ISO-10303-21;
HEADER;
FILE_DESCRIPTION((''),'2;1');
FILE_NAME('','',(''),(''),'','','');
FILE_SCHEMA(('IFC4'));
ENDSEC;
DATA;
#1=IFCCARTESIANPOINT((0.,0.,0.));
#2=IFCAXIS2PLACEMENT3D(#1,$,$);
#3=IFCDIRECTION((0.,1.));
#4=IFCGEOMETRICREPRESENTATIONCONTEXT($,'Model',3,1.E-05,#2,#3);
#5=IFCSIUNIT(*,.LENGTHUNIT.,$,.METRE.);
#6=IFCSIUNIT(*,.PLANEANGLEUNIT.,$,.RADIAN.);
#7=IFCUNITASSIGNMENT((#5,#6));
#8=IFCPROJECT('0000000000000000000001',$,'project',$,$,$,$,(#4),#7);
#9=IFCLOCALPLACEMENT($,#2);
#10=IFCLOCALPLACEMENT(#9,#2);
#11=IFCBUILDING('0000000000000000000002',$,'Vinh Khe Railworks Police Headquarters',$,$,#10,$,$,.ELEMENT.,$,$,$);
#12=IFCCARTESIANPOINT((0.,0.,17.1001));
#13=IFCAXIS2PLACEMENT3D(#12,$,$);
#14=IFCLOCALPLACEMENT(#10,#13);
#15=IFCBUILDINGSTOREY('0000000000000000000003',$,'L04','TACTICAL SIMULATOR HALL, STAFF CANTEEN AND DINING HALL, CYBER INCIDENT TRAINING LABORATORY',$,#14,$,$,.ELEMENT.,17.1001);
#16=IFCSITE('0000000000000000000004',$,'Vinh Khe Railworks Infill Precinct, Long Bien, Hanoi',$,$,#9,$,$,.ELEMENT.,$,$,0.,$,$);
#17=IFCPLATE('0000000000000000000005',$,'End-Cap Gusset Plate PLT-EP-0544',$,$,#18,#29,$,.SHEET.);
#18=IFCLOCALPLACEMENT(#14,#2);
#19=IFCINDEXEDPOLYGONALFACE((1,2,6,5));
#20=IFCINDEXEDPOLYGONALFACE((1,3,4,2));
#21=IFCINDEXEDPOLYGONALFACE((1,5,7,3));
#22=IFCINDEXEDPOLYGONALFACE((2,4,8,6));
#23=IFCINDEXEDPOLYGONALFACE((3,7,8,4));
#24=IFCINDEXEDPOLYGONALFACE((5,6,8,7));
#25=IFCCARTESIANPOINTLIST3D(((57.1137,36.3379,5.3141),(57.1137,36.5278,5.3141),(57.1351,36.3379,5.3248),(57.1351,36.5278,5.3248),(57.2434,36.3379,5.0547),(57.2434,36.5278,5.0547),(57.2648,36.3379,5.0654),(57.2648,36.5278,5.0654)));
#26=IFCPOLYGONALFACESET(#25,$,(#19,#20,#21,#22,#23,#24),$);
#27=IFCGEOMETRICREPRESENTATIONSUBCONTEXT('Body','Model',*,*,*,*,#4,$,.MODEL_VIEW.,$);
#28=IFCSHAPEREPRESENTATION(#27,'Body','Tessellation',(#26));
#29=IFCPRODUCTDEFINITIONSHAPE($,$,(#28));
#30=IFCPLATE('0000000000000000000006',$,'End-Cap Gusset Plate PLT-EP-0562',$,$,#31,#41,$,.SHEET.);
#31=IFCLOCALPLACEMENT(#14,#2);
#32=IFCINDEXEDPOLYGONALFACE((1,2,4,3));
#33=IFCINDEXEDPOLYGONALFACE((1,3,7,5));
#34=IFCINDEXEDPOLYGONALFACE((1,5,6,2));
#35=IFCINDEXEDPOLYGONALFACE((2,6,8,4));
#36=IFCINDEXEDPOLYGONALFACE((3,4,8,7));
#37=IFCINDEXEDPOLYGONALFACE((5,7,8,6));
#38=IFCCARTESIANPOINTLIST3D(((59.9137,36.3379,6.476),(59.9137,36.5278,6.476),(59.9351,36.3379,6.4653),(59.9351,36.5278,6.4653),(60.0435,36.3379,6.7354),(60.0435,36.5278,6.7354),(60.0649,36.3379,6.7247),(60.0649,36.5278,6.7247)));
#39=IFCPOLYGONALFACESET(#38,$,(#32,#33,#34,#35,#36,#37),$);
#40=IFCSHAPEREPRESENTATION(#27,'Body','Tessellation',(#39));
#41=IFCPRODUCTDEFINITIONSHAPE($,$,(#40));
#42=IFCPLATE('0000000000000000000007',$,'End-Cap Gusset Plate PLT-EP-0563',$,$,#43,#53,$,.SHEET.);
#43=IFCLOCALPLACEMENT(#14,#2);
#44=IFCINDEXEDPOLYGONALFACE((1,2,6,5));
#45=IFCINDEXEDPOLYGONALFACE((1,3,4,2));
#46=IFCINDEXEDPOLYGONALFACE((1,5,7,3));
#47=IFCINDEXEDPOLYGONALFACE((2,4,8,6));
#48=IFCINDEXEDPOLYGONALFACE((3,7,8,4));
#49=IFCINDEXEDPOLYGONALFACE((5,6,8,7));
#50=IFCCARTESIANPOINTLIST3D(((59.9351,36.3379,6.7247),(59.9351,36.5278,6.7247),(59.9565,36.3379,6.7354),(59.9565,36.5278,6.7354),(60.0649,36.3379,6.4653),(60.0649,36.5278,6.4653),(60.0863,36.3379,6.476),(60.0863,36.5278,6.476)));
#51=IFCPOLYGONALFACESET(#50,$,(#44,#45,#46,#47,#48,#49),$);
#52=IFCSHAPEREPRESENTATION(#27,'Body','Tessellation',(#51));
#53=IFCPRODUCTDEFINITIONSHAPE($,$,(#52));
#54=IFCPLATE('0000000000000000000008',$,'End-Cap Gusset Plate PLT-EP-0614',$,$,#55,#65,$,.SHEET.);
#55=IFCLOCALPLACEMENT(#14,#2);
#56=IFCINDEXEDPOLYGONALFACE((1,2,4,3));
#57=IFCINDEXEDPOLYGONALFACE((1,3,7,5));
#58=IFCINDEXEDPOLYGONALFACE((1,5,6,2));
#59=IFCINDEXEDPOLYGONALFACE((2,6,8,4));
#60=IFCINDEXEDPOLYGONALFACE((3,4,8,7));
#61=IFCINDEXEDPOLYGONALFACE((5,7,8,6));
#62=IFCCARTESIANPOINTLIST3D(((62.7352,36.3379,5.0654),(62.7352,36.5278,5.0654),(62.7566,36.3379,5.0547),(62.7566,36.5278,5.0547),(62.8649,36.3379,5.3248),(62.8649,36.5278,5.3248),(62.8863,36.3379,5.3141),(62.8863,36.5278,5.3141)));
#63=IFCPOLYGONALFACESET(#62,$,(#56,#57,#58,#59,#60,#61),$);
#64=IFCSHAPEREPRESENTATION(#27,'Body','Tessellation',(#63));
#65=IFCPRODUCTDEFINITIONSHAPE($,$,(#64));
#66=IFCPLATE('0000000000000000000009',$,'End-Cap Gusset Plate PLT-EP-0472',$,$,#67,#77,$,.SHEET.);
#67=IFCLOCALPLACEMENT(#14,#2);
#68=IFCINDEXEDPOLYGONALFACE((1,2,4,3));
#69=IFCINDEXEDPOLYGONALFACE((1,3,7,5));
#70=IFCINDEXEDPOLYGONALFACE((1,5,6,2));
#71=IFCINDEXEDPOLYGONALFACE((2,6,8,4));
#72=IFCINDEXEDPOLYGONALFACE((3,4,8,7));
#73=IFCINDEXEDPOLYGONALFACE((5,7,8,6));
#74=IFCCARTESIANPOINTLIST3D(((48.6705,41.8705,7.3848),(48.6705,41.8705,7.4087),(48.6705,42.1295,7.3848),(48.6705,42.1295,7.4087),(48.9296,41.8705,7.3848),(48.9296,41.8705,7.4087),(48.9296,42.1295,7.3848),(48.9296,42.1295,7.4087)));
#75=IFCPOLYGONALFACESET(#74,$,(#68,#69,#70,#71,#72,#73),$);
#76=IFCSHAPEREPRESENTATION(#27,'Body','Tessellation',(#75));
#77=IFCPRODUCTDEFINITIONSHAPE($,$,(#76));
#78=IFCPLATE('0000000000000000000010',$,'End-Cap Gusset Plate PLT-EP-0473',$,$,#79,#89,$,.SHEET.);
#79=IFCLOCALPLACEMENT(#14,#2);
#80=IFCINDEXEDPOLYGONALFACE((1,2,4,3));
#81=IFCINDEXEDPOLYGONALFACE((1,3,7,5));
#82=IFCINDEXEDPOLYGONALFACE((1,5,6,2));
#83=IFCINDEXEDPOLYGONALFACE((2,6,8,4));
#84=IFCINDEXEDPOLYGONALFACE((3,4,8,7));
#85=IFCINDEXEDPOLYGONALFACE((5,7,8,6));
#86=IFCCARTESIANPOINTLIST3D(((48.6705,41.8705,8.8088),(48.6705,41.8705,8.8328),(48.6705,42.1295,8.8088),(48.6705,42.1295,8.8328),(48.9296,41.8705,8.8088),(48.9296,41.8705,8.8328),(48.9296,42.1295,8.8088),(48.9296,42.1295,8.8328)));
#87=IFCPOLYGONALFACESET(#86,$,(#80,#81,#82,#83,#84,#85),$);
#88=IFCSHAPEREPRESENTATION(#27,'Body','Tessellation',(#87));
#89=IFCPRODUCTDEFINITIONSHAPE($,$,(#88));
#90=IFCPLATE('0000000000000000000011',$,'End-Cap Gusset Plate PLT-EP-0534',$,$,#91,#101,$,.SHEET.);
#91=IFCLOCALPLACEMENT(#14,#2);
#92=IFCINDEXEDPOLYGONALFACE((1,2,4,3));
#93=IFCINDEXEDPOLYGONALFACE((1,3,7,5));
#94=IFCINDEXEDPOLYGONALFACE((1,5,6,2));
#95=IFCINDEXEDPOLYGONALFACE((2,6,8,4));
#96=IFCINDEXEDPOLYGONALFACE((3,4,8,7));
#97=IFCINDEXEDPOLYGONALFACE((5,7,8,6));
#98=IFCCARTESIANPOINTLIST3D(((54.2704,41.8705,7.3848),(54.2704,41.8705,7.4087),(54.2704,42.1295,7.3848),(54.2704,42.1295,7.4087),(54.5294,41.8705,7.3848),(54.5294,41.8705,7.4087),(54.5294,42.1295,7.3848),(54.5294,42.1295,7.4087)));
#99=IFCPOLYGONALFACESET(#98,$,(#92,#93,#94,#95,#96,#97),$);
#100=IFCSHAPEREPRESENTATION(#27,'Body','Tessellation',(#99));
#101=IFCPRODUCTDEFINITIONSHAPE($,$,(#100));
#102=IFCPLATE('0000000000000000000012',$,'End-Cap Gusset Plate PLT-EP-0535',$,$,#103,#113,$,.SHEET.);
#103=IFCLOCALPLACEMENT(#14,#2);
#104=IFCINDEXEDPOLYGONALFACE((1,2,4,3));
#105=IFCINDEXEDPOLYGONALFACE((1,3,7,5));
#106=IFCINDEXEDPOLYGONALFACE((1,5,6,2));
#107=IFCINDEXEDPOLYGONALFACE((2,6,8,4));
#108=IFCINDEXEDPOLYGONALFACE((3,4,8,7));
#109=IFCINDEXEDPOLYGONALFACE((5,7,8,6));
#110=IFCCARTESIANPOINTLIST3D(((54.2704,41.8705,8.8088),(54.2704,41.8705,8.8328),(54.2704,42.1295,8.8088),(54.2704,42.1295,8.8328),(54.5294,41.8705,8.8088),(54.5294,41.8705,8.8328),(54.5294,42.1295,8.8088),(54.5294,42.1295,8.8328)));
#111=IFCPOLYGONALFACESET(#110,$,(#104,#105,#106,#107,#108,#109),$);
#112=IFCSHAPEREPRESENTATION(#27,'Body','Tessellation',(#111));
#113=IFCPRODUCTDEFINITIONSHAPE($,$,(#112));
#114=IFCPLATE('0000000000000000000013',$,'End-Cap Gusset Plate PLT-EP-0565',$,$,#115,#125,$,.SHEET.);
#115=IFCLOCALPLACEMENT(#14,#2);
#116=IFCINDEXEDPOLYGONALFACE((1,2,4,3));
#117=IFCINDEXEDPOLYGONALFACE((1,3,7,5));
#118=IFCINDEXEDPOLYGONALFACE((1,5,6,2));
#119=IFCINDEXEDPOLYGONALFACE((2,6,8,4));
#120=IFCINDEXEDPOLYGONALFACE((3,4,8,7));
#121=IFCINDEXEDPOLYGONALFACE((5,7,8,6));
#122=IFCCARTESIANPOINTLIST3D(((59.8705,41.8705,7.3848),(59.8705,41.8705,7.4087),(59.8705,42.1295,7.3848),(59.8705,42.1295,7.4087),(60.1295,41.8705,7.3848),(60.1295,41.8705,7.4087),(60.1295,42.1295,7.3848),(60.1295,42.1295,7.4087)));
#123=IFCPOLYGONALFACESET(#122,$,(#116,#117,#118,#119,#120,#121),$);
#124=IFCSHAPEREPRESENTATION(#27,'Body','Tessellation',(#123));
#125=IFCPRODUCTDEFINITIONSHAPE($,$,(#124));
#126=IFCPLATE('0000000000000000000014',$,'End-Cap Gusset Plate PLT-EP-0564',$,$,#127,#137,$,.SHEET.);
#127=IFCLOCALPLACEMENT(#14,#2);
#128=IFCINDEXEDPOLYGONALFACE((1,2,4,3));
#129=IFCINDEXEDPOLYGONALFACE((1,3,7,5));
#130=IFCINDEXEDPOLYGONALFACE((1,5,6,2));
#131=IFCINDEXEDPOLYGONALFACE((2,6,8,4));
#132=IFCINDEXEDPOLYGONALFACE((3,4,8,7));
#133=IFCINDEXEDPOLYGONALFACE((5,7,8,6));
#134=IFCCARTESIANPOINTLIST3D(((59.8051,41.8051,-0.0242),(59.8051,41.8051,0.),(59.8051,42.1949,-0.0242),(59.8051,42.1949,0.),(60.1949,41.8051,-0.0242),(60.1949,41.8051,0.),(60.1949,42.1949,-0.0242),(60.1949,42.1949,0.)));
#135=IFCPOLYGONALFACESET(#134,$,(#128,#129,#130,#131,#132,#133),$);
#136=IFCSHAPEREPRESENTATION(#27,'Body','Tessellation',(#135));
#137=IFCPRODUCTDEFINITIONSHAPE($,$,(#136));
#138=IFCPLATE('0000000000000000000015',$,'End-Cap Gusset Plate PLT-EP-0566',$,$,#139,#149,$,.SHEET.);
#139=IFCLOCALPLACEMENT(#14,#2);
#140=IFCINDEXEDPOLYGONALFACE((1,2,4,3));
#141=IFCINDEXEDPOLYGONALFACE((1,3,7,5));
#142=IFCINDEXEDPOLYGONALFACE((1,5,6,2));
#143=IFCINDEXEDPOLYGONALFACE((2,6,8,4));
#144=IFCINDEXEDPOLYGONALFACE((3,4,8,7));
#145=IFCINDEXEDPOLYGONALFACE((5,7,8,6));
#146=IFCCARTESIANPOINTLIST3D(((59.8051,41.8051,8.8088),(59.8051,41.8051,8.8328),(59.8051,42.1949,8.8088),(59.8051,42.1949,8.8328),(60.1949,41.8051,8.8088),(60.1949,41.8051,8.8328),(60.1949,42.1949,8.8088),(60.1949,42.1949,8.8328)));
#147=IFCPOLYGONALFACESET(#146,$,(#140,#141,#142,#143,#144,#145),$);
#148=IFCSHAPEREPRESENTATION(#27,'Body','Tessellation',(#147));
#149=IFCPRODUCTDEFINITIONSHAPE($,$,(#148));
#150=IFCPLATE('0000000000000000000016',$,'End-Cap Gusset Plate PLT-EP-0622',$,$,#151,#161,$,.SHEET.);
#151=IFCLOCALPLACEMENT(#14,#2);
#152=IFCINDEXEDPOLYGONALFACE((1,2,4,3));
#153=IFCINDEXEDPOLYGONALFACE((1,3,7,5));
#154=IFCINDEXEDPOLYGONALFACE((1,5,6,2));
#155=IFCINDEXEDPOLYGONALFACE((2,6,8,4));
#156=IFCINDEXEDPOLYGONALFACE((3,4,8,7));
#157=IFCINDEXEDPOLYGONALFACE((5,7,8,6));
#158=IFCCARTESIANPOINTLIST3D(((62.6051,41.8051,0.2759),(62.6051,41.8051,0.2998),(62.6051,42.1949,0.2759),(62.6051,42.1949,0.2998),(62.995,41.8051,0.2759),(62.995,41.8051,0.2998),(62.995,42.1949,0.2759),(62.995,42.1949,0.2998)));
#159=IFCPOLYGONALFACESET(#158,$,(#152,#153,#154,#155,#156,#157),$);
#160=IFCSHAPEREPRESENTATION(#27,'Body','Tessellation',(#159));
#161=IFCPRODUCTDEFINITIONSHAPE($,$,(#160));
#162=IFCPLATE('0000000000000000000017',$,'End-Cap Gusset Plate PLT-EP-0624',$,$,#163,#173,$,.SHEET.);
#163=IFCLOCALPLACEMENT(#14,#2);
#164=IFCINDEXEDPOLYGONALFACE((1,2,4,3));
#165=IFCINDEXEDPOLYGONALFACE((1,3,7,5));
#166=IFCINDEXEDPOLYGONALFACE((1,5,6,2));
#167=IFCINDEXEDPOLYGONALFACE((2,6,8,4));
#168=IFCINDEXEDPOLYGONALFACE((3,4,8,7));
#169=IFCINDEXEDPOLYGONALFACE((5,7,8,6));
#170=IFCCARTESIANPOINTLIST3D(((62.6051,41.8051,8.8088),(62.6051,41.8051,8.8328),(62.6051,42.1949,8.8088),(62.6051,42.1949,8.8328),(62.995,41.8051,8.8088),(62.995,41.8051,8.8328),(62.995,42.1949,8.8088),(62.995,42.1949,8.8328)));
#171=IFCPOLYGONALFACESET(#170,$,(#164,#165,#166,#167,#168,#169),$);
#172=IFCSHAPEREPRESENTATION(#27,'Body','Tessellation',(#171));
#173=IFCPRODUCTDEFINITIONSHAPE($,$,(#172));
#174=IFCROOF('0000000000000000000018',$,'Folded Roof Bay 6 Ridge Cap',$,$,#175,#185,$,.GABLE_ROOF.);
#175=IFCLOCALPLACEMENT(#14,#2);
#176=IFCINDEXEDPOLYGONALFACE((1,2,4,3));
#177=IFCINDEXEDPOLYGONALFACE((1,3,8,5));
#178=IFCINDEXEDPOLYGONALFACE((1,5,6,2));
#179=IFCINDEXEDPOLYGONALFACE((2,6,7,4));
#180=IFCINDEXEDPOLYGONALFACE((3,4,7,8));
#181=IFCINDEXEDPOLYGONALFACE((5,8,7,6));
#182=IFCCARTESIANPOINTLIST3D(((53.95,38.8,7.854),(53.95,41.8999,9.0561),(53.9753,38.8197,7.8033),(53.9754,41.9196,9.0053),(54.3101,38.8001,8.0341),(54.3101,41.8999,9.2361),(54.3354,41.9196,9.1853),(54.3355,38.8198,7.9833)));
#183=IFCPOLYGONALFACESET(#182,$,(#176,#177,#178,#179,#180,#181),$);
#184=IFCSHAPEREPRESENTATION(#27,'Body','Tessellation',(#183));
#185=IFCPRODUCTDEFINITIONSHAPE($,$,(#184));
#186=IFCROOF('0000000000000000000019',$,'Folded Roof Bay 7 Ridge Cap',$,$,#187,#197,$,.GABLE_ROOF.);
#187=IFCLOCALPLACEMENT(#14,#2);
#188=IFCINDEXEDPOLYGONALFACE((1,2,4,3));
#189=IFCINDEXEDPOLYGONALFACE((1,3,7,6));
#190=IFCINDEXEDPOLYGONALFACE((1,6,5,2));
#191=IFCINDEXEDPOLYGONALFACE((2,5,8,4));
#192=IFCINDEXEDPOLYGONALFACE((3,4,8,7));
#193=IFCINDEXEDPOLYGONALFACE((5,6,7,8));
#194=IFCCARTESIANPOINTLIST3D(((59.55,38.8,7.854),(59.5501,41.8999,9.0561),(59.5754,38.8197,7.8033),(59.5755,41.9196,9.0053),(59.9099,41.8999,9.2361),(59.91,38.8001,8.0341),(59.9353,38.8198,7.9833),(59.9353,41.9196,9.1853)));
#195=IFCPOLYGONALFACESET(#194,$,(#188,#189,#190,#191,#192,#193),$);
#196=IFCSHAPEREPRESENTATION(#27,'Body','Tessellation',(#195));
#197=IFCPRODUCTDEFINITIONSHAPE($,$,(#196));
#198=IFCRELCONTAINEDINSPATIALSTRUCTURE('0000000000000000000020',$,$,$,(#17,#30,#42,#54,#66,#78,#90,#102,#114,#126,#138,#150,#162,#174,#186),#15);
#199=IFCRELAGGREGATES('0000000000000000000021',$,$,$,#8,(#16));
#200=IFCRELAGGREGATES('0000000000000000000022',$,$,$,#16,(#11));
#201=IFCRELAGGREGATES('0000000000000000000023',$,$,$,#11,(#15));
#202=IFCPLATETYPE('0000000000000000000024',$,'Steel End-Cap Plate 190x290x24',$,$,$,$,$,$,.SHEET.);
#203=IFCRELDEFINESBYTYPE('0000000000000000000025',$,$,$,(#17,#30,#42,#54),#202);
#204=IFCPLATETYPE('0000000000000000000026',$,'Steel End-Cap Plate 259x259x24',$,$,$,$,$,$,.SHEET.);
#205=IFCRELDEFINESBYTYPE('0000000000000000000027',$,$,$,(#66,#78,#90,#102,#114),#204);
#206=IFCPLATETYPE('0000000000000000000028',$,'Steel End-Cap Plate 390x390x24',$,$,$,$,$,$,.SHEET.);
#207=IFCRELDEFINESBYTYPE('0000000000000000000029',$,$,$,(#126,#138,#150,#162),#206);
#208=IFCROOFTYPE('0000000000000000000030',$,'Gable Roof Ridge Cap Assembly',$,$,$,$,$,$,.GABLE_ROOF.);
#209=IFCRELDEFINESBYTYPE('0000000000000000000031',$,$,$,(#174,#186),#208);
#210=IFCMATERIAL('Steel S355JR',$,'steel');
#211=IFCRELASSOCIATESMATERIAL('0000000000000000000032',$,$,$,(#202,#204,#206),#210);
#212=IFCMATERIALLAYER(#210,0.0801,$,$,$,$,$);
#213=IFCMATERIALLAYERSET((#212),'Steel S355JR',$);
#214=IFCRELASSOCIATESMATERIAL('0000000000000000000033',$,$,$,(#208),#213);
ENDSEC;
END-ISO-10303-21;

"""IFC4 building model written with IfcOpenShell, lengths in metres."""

from ifc_helpers import new_model, si_unit, direction, frame, origin, origin_2d, place, context, subcontext, project, spatial, polyline, rectangle, outline, extrude, material, layer, layer_set, material_profile, profile_set, type_object, element, save


model = new_model("IFC4")

# Units and contexts
model_context = context("Model", 3, precision=1e-05, world=origin(), true_north=direction((0.0, 1.0)))
body_context = subcontext(model_context, "Body", "Model", "MODEL_VIEW")
ifc_project = project(units=[si_unit("LENGTHUNIT", "METRE"), si_unit("PLANEANGLEUNIT", "RADIAN")], contexts=[model_context])

# Site, building, storey
site_placement = place(None, origin())
site = spatial("IfcSite", under=ifc_project, at=site_placement, Name="Vinh Khe Railworks Infill Precinct, Long Bien, Hanoi", CompositionType="ELEMENT", RefElevation=0.0)
building_placement = place(site_placement, origin())
building = spatial("IfcBuilding", under=site, at=building_placement, Name="Vinh Khe Railworks Police Headquarters", CompositionType="ELEMENT")
storey_placement = place(building_placement, frame((0.0, 0.0, 17.1001)))
storey = spatial("IfcBuildingStorey", under=building, at=storey_placement, Name="L04", Description="TACTICAL SIMULATOR HALL, STAFF CANTEEN AND DINING HALL, CYBER INCIDENT TRAINING LABORATORY", CompositionType="ELEMENT", Elevation=17.1001)

# Shared definitions
ifc_material_1 = material(Name="Steel S355JR", Category="steel")

# Plates
ifc_material_profile_1 = material_profile(ifc_material_1, rectangle(XDim=0.1899, YDim=0.29, at=origin_2d()), Name="PL 190x290")
ifc_profile_set_1 = profile_set([ifc_material_profile_1], Name="Steel S355JR")
plate_type_1 = type_object("IfcPlateType", Name="Steel End-Cap Plate 190x290x24", PredefinedType="SHEET", material=ifc_profile_set_1)
for number, where, z_axis, x_axis, name in (
    (1, (57.2, 36.4329, 5.1951), (-0.894427, 0.0, -0.447214), (0.0, -1.0, 0.0), "End-Cap Gusset Plate PLT-EP-0544"),
    (2, (60.0, 36.4329, 6.595), (-0.894427, 0.0, 0.447214), (0.0, -1.0, 0.0), "End-Cap Gusset Plate PLT-EP-0562"),
    (3, (60.0, 36.4329, 6.595), (0.894427, 0.0, 0.447214), (0.0, 1.0, 0.0), "End-Cap Gusset Plate PLT-EP-0563"),
    (4, (62.8, 36.4329, 5.1951), (0.894427, 0.0, -0.447214), (0.0, 1.0, 0.0), "End-Cap Gusset Plate PLT-EP-0614"),
):
    element("IfcPlate", number, at=place(storey_placement, frame(where, z_axis=z_axis, x_axis=x_axis)), inside=storey, type_object=plate_type_1, Name=name, PredefinedType="SHEET", context=body_context, shape_type="SweptSolid", body=[
        extrude(rectangle(XDim=0.1899, YDim=0.29, at=origin_2d()), origin(), (0.0, 0.0, 1.0), 0.0239),
    ])
ifc_material_profile_2 = material_profile(ifc_material_1, rectangle(XDim=0.259, YDim=0.259, at=origin_2d()), Name="PL 259x259")
ifc_profile_set_2 = profile_set([ifc_material_profile_2], Name="Steel S355JR")
plate_type_2 = type_object("IfcPlateType", Name="Steel End-Cap Plate 259x259x24", PredefinedType="SHEET", material=ifc_profile_set_2)
for number, where, z_axis, x_axis, name in (
    (5, (48.8, 42.0, 7.4087), (0.0, 0.0, -1.0), (1.0, 0.0, 0.0), "End-Cap Gusset Plate PLT-EP-0472"),
    (6, (48.8, 42.0, 8.8088), (0.0, 0.0, 1.0), (1.0, 0.0, 0.0), "End-Cap Gusset Plate PLT-EP-0473"),
    (7, (54.3999, 42.0, 7.4087), (0.0, 0.0, -1.0), (1.0, 0.0, 0.0), "End-Cap Gusset Plate PLT-EP-0534"),
    (8, (54.3999, 42.0, 8.8088), (0.0, 0.0, 1.0), (1.0, 0.0, 0.0), "End-Cap Gusset Plate PLT-EP-0535"),
    (9, (60.0, 42.0, 7.4087), (0.0, 0.0, -1.0), (1.0, 0.0, 0.0), "End-Cap Gusset Plate PLT-EP-0565"),
):
    element("IfcPlate", number, at=place(storey_placement, frame(where, z_axis=z_axis, x_axis=x_axis)), inside=storey, type_object=plate_type_2, Name=name, PredefinedType="SHEET", context=body_context, shape_type="SweptSolid", body=[
        extrude(rectangle(XDim=0.259, YDim=0.259, at=origin_2d()), origin(), (0.0, 0.0, 1.0), 0.0239),
    ])
ifc_material_profile_3 = material_profile(ifc_material_1, rectangle(XDim=0.3899, YDim=0.3899, at=origin_2d()), Name="PL 390x390")
ifc_profile_set_3 = profile_set([ifc_material_profile_3], Name="Steel S355JR")
plate_type_3 = type_object("IfcPlateType", Name="Steel End-Cap Plate 390x390x24", PredefinedType="SHEET", material=ifc_profile_set_3)
plate_1_placement = place(storey_placement, frame((60.0, 42.0, 0.0), z_axis=(0.0, 0.0, -1.0), x_axis=(1.0, 0.0, 0.0)))
element("IfcPlate", 10, at=plate_1_placement, inside=storey, type_object=plate_type_3, Name="End-Cap Gusset Plate PLT-EP-0564", PredefinedType="SHEET", context=body_context, shape_type="SweptSolid", body=[
    extrude(rectangle(XDim=0.3899, YDim=0.3899, at=origin_2d()), origin(), (0.0, 0.0, 1.0), 0.0242),
])
for number, where, z_axis, x_axis, name in (
    (11, (60.0, 42.0, 8.8088), (0.0, 0.0, 1.0), (1.0, 0.0, 0.0), "End-Cap Gusset Plate PLT-EP-0566"),
    (12, (62.8, 42.0, 0.2998), (0.0, 0.0, -1.0), (1.0, 0.0, 0.0), "End-Cap Gusset Plate PLT-EP-0622"),
    (13, (62.8, 42.0, 8.8088), (0.0, 0.0, 1.0), (1.0, 0.0, 0.0), "End-Cap Gusset Plate PLT-EP-0624"),
):
    element("IfcPlate", number, at=place(storey_placement, frame(where, z_axis=z_axis, x_axis=x_axis)), inside=storey, type_object=plate_type_3, Name=name, PredefinedType="SHEET", context=body_context, shape_type="SweptSolid", body=[
        extrude(rectangle(XDim=0.3899, YDim=0.3899, at=origin_2d()), origin(), (0.0, 0.0, 1.0), 0.0239),
    ])

# Roofs
ifc_layer_1 = layer(ifc_material_1, 0.0801)
ifc_layer_set_1 = layer_set([ifc_layer_1], Name="Steel S355JR")
roof_type = type_object("IfcRoofType", Name="Gable Roof Ridge Cap Assembly", PredefinedType="GABLE_ROOF", material=ifc_layer_set_1)
roof_1_placement = place(storey_placement, frame((53.95, 38.8, 7.854), z_axis=(-0.422522, -0.327682, 0.845044), x_axis=(0.894414, 0.000084, 0.44724)))
element("IfcRoof", 14, at=roof_1_placement, inside=storey, type_object=roof_type, Name="Folded Roof Bay 6 Ridge Cap", PredefinedType="GABLE_ROOF", context=body_context, shape_type="SweptSolid", body=[
    extrude(outline(polyline([(0.0, 0.0), (0.4027, 0.0), (0.9405, 3.2809), (0.5379, 3.281), (0.0, 0.0)])), origin(), (0.0, 0.0, -1.0), 0.0601),
])
roof_2_placement = place(storey_placement, frame((59.55, 38.8, 7.854), z_axis=(-0.422758, -0.327642, 0.844942), x_axis=(0.894293, 0.000084, 0.447482)))
element("IfcRoof", 15, at=roof_2_placement, inside=storey, type_object=roof_type, Name="Folded Roof Bay 7 Ridge Cap", PredefinedType="GABLE_ROOF", context=body_context, shape_type="SweptSolid", body=[
    extrude(outline(polyline([(0.0, 0.0), (0.4024, 0.0), (0.9405, 3.2809), (0.5382, 3.2809), (0.0, 0.0)])), origin(), (0.0, 0.0, -1.0), 0.0601),
])

save(model, "model.ifc")
